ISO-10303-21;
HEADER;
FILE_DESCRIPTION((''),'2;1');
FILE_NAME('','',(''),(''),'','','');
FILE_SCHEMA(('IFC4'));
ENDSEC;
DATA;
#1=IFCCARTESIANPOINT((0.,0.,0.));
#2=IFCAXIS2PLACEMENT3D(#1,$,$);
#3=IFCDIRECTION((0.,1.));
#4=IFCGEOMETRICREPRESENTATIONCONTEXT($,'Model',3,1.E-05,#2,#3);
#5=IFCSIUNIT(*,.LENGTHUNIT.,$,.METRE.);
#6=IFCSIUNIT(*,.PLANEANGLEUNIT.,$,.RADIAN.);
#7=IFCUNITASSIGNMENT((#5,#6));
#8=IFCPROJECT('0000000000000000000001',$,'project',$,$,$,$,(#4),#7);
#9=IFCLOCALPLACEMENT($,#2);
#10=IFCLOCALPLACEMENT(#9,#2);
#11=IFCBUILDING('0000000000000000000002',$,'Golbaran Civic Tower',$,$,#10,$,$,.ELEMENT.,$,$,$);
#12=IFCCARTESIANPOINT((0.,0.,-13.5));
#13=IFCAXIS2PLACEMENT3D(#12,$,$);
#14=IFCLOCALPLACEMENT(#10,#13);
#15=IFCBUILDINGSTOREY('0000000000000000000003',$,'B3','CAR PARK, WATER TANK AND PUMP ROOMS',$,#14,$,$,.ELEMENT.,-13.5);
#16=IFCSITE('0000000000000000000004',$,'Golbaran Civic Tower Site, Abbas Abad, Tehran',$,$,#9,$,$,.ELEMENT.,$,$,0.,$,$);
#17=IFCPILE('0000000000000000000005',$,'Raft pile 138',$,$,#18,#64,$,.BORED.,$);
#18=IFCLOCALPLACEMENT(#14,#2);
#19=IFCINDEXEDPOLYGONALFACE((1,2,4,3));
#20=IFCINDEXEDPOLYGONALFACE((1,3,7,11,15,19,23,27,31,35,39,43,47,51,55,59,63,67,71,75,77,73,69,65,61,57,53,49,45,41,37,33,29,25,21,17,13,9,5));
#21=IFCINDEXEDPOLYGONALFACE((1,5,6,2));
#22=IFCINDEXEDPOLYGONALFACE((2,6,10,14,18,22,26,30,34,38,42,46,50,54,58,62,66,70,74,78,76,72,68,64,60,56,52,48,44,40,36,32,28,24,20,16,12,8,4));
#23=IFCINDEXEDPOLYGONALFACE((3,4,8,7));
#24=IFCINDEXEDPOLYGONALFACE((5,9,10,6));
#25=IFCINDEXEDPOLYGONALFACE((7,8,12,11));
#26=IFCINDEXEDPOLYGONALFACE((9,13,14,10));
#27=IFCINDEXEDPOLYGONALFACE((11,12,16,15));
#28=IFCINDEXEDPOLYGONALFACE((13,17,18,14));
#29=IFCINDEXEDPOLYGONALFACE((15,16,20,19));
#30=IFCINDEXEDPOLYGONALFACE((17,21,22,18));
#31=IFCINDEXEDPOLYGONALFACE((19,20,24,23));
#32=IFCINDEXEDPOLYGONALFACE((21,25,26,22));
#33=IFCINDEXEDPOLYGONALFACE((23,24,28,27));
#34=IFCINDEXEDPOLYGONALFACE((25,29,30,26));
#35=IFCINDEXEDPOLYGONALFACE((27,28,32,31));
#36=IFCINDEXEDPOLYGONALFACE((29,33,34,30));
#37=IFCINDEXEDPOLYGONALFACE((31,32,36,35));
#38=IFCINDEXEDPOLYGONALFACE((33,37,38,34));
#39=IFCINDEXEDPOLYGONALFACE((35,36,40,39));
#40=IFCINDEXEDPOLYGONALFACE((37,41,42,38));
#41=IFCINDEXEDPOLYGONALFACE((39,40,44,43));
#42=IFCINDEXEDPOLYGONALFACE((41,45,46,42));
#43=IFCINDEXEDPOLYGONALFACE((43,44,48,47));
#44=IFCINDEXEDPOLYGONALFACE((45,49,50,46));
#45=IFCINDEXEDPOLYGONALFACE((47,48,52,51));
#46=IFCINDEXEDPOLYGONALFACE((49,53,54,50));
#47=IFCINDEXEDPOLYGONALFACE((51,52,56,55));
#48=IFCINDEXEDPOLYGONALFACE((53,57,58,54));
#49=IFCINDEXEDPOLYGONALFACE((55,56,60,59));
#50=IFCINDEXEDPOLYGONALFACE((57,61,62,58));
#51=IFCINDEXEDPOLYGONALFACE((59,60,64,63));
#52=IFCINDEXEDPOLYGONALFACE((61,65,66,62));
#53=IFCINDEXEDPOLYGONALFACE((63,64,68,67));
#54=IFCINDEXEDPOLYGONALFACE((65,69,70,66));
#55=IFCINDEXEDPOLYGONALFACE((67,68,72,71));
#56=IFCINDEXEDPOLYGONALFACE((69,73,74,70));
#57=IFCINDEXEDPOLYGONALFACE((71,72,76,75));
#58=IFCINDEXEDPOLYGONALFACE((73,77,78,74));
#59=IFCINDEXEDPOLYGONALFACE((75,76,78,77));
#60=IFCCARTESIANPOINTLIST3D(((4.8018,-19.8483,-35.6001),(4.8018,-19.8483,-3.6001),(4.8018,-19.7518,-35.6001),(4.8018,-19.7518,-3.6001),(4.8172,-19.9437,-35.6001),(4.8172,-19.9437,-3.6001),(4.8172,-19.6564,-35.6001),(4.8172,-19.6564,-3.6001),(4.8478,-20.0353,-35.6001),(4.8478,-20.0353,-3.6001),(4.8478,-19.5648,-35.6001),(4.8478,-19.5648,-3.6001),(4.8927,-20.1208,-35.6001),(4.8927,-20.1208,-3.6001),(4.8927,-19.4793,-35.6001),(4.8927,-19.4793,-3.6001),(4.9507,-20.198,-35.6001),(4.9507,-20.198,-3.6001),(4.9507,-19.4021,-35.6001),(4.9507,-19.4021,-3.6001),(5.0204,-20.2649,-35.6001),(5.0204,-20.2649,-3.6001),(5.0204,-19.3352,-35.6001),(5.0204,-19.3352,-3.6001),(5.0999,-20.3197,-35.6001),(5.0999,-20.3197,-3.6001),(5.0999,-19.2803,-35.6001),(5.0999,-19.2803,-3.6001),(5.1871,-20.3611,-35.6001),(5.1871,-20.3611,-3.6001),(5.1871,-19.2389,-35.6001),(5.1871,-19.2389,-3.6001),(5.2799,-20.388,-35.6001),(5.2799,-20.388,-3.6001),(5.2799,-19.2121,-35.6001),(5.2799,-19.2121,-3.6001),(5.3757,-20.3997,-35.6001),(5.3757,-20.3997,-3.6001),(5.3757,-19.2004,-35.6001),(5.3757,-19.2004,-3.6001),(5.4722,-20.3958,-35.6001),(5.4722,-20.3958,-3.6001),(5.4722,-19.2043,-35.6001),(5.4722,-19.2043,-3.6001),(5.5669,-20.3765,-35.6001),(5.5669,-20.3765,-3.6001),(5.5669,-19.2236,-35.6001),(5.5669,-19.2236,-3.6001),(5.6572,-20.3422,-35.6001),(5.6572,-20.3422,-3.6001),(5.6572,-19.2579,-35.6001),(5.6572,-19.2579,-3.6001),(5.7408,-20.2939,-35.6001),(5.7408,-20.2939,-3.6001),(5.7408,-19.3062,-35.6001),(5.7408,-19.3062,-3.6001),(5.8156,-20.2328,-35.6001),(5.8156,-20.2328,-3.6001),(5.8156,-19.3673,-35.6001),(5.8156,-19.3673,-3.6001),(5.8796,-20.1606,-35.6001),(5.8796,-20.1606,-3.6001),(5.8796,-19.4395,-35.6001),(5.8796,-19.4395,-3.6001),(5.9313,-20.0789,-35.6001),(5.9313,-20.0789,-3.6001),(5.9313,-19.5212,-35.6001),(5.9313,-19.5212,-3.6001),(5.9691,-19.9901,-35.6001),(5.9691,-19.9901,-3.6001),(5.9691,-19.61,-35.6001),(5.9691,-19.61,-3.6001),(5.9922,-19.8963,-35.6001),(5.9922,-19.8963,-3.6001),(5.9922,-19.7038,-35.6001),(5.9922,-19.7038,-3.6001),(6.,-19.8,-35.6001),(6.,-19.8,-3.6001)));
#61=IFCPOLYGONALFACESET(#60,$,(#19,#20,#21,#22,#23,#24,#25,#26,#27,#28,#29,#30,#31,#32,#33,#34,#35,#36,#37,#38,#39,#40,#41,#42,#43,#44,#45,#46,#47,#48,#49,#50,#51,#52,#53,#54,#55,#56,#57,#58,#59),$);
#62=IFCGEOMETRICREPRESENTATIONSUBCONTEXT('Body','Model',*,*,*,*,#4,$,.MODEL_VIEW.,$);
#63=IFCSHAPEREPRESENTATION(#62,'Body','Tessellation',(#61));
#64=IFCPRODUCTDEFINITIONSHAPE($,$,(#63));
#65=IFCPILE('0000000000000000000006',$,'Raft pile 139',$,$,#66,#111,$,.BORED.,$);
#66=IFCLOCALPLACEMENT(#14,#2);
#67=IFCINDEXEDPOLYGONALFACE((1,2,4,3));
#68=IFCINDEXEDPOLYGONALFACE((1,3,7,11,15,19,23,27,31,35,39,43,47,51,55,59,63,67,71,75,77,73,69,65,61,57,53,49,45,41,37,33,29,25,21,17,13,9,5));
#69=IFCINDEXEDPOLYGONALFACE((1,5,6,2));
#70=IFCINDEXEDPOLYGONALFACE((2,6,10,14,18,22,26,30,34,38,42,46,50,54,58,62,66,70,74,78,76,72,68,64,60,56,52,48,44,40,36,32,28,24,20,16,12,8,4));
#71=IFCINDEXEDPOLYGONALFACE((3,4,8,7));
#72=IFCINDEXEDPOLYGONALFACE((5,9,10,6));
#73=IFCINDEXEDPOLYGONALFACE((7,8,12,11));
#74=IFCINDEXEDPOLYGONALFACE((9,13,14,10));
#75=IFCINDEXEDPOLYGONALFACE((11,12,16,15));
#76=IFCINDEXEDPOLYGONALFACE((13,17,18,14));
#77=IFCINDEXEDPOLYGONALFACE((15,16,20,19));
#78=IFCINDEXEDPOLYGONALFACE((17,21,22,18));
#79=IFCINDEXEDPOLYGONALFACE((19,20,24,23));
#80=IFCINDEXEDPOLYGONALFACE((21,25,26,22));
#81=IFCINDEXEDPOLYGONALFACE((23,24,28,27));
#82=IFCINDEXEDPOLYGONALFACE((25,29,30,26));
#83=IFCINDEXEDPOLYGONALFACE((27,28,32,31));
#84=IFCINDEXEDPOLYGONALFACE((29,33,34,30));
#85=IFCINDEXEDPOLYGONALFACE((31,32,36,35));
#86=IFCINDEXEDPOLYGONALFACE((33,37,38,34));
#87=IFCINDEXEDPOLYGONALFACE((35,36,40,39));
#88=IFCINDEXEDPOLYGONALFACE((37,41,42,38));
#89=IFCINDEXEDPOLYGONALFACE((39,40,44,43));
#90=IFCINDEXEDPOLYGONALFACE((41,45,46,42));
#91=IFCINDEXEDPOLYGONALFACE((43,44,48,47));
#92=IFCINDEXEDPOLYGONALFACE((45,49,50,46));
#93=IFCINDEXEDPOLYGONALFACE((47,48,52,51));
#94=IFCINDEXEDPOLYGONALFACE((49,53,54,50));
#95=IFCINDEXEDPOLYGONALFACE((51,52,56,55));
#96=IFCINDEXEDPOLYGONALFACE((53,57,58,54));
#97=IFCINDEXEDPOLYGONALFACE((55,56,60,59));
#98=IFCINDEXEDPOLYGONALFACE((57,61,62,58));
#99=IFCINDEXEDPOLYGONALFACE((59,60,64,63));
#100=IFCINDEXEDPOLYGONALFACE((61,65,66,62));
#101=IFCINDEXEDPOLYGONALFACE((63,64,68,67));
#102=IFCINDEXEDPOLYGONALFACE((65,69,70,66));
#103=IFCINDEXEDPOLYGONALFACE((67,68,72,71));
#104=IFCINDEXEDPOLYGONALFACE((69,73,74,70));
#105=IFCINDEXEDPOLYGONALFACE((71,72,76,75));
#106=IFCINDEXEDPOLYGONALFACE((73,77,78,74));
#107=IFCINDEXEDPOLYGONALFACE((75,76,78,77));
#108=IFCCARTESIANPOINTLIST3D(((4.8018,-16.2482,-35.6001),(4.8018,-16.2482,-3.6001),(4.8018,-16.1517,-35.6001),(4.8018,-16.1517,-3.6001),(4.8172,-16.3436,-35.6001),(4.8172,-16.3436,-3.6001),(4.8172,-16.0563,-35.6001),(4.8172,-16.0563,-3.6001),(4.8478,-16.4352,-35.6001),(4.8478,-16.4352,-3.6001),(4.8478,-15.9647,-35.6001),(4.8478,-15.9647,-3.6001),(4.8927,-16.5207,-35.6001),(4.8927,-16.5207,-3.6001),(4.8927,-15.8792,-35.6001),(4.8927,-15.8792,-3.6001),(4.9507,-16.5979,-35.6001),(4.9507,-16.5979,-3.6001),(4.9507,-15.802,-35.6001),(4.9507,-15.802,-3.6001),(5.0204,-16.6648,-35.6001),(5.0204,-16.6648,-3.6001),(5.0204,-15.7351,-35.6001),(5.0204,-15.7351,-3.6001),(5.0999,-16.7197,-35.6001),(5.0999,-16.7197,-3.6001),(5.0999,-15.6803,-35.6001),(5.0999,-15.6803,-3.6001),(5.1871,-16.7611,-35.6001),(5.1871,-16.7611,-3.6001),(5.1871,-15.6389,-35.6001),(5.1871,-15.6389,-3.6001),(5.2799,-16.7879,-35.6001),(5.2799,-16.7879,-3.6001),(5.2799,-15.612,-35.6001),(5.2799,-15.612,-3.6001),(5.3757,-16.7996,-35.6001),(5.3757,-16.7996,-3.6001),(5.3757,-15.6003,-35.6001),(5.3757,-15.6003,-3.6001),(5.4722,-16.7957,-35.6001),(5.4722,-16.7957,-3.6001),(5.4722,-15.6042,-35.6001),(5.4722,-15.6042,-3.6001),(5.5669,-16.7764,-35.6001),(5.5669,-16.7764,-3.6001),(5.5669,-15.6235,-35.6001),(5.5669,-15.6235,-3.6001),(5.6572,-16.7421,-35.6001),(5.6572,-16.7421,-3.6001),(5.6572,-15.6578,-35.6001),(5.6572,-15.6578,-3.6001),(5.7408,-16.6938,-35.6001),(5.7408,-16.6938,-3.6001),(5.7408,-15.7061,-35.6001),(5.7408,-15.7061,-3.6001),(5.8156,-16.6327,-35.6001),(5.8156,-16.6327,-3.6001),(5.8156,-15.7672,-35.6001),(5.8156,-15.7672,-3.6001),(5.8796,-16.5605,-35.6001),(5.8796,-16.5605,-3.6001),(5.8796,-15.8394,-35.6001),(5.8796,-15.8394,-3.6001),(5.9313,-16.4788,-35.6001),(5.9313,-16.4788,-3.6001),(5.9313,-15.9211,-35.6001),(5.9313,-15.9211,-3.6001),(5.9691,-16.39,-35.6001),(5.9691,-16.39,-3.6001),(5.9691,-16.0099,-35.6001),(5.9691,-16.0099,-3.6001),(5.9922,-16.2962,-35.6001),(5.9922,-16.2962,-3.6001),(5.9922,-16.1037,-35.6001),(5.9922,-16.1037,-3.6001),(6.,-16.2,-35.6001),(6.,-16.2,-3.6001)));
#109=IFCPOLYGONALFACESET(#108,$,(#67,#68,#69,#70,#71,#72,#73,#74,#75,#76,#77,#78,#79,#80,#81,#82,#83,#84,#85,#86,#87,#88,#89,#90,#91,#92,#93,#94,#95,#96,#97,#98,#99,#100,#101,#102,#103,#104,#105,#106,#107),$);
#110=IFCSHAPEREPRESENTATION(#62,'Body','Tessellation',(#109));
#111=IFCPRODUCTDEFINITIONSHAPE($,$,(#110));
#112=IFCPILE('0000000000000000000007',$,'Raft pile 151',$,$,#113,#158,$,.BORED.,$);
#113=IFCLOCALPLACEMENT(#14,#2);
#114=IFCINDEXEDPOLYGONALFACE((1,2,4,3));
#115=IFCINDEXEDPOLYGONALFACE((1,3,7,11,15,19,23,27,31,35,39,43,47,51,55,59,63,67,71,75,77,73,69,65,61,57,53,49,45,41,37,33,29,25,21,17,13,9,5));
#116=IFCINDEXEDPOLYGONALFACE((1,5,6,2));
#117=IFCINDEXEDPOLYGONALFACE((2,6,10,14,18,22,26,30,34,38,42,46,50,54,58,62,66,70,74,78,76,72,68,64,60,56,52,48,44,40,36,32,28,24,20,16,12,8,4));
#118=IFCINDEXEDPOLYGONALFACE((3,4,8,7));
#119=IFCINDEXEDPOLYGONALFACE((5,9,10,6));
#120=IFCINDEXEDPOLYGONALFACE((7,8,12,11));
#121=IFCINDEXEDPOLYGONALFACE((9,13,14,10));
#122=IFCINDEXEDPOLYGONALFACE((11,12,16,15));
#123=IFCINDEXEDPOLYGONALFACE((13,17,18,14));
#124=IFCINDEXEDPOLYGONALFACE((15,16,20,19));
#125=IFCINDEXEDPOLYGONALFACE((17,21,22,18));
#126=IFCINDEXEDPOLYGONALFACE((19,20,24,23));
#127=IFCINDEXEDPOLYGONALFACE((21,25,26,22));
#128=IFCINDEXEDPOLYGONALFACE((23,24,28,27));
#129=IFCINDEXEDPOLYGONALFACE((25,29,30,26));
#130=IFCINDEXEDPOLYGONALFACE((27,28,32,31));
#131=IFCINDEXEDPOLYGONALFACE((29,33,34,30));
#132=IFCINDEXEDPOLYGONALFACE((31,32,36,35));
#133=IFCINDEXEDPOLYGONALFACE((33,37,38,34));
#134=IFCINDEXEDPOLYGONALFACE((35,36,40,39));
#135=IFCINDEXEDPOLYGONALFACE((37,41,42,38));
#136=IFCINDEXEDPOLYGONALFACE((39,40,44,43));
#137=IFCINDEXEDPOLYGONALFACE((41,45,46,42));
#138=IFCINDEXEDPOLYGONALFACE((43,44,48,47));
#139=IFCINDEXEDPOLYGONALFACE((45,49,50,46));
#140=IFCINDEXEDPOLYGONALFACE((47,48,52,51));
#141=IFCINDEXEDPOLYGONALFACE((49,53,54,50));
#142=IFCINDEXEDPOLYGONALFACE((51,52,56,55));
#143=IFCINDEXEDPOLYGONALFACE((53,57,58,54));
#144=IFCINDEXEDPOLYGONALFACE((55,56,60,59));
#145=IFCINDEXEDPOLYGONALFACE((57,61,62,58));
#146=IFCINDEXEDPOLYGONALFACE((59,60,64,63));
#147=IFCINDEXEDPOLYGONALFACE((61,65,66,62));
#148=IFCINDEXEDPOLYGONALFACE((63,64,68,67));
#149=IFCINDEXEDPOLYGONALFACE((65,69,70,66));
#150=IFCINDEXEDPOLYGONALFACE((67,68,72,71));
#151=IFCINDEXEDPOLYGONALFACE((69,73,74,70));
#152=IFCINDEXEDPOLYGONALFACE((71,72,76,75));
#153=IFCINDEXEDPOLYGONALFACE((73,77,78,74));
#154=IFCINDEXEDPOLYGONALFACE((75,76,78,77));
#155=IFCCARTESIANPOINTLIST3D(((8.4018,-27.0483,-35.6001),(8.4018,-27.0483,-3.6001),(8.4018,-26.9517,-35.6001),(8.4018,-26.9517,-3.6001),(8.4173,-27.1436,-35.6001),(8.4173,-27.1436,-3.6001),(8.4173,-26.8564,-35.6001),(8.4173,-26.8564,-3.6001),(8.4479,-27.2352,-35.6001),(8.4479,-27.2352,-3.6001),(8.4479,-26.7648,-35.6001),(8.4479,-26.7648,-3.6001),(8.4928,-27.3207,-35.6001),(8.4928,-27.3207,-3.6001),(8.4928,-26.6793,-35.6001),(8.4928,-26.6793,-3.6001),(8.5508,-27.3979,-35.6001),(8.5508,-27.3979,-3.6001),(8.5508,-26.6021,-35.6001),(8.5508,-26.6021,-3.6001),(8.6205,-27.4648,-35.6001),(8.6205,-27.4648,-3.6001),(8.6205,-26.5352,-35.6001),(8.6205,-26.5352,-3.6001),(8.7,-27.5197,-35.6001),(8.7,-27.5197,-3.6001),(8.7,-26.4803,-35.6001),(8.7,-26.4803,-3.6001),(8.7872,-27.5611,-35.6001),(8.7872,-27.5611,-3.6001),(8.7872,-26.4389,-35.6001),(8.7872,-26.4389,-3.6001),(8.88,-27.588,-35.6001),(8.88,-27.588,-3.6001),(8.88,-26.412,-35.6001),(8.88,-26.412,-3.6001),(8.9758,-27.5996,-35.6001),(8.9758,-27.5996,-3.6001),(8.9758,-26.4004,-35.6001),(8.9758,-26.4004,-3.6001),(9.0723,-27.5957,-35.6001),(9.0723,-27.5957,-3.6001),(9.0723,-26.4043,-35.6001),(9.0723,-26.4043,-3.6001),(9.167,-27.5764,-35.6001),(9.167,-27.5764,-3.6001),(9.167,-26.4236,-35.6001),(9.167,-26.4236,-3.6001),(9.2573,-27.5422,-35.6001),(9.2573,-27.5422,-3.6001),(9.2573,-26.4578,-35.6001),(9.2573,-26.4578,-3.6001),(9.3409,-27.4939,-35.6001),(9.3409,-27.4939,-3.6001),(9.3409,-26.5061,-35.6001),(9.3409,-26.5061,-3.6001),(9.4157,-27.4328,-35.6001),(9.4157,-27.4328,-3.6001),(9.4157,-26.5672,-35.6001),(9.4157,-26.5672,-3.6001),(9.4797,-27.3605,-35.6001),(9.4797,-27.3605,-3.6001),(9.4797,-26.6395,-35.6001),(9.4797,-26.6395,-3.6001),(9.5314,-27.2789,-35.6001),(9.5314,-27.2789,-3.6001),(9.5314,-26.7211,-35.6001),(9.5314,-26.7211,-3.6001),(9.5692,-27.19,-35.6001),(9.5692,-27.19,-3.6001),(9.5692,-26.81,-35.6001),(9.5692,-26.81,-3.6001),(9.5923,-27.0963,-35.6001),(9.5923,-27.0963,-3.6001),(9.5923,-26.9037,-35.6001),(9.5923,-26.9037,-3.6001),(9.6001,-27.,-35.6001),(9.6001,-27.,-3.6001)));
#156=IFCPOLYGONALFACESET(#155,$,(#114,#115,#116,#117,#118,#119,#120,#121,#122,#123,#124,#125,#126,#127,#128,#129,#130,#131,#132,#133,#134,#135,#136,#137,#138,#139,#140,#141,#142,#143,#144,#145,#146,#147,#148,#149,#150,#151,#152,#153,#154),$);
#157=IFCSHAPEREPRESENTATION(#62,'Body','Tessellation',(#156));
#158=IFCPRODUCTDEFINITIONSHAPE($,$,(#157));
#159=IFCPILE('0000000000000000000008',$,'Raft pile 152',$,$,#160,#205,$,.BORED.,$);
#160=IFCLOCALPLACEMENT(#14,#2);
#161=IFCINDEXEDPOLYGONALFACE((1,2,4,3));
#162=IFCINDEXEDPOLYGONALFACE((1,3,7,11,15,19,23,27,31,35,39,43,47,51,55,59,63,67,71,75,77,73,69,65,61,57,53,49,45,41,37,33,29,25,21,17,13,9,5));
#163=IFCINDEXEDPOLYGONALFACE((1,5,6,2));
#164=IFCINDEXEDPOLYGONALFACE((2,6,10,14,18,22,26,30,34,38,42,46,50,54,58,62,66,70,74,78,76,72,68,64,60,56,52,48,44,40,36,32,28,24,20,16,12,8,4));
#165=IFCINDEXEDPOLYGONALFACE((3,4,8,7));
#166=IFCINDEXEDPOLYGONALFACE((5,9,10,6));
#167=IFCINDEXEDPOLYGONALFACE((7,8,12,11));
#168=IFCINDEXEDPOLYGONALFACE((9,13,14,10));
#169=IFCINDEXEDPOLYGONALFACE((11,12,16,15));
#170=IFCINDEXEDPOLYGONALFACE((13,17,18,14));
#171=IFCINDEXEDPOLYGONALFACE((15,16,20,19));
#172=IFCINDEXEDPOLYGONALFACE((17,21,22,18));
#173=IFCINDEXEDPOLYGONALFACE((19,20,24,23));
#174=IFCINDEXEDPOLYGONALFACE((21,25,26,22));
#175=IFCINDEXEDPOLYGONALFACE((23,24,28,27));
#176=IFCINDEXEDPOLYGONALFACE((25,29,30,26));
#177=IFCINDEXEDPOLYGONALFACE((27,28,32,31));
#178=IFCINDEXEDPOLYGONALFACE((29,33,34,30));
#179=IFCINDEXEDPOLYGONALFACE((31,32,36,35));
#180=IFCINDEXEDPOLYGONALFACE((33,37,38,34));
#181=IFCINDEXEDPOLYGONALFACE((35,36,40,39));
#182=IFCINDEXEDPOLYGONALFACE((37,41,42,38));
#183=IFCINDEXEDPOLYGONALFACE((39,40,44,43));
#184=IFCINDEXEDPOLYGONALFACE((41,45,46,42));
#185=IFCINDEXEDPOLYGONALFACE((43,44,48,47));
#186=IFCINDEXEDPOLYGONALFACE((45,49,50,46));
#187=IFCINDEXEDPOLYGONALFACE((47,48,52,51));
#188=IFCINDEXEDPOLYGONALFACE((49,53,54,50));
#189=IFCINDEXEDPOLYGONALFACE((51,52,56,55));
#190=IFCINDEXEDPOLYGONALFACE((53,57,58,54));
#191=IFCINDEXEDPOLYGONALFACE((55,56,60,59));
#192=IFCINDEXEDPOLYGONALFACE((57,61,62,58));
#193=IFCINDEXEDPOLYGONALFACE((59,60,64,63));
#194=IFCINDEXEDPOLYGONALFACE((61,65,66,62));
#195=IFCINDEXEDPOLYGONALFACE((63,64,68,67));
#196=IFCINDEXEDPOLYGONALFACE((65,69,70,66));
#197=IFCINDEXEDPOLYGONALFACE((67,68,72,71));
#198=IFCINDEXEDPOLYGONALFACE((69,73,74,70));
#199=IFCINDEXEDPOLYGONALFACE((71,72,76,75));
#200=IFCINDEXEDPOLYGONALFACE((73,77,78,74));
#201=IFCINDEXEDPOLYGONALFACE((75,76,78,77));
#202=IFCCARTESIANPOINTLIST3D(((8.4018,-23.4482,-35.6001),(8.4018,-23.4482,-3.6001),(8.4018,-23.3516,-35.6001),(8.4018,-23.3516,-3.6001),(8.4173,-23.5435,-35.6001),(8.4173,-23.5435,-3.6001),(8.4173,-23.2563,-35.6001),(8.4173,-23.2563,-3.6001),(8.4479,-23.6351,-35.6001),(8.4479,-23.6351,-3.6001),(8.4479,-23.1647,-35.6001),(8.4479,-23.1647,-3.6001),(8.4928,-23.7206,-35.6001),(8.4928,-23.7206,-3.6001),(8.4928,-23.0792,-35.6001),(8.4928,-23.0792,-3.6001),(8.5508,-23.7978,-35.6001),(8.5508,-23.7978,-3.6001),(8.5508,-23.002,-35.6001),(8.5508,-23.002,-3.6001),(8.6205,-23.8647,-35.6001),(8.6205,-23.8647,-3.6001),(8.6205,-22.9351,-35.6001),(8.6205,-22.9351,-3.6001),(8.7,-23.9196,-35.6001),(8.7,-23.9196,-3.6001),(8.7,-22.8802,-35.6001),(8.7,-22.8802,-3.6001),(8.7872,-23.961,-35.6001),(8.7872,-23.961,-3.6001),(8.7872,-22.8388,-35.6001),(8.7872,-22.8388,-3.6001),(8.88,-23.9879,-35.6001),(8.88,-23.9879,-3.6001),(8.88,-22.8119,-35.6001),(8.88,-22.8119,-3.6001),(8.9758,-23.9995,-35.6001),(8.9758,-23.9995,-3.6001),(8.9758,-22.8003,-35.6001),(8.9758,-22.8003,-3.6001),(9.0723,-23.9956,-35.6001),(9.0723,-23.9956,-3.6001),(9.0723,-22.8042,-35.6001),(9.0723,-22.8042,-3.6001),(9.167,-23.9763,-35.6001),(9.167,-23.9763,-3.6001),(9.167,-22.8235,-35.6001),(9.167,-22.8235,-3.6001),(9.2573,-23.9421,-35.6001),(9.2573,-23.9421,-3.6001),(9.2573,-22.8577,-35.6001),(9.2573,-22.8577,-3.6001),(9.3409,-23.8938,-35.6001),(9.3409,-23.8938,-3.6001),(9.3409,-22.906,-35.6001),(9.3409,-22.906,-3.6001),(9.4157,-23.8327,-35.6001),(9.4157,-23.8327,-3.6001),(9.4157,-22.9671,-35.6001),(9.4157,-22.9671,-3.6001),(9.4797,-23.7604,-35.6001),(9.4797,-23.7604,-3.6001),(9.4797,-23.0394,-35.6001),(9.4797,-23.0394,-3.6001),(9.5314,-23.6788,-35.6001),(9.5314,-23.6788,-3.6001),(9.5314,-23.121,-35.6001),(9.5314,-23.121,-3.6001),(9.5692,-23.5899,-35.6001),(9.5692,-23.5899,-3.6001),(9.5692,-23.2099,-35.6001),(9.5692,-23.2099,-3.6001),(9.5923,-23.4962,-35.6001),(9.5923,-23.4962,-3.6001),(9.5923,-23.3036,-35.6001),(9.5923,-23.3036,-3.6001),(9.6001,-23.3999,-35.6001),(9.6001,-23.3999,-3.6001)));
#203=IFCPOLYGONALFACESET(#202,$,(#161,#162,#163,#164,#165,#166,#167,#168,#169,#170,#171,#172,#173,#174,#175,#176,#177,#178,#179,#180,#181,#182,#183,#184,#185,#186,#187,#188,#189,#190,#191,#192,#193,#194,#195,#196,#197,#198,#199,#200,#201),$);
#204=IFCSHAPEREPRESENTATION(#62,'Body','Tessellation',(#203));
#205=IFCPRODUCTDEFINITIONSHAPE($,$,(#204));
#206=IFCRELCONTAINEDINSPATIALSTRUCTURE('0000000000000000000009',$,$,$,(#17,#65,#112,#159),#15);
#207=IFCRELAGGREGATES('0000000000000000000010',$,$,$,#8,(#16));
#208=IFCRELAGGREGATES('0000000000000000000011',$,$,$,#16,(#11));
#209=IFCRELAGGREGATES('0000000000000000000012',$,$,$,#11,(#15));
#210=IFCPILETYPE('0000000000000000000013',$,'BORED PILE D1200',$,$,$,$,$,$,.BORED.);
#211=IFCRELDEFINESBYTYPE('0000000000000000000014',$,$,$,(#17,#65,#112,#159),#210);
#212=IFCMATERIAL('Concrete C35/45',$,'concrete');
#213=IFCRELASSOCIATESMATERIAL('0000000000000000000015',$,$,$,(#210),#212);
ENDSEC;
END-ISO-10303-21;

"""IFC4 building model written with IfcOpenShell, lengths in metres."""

from ifc_helpers import new_model, si_unit, direction, frame, origin, origin_2d, place, context, subcontext, project, spatial, circle, extrude, material, material_profile, profile_set, type_object, element, save


model = new_model("IFC4")

# Units and contexts
model_context = context("Model", 3, precision=1e-05, world=origin(), true_north=direction((0.0, 1.0)))
body_context = subcontext(model_context, "Body", "Model", "MODEL_VIEW")
ifc_project = project(units=[si_unit("LENGTHUNIT", "METRE"), si_unit("PLANEANGLEUNIT", "RADIAN")], contexts=[model_context])

# Site, building, storey
site_placement = place(None, origin())
site = spatial("IfcSite", under=ifc_project, at=site_placement, Name="Golbaran Civic Tower Site, Abbas Abad, Tehran", CompositionType="ELEMENT", RefElevation=0.0)
building_placement = place(site_placement, origin())
building = spatial("IfcBuilding", under=site, at=building_placement, Name="Golbaran Civic Tower", CompositionType="ELEMENT")
storey_placement = place(building_placement, frame((0.0, 0.0, -13.5)))
storey = spatial("IfcBuildingStorey", under=building, at=storey_placement, Name="B3", Description="CAR PARK, WATER TANK AND PUMP ROOMS", CompositionType="ELEMENT", Elevation=-13.5)

# Piles
ifc_material_1 = material(Name="Concrete C35/45", Category="concrete")
ifc_material_profile_1 = material_profile(ifc_material_1, circle(Radius=0.6001, at=origin_2d()), Name="BORED PILE D1200")
ifc_profile_set_1 = profile_set([ifc_material_profile_1], Name="Concrete C35/45")
pile_type_1 = type_object("IfcPileType", Name="BORED PILE D1200", PredefinedType="BORED", material=ifc_profile_set_1)
for number, where, z_axis, x_axis, name in (
    (1, (5.3999, -19.8, -3.6001), (0.0, 0.0, -1.0), (1.0, 0.0, 0.0), "Raft pile 138"),
    (2, (5.3999, -16.2, -3.6001), (0.0, 0.0, -1.0), (1.0, 0.0, 0.0), "Raft pile 139"),
    (3, (9.0, -27.0, -3.6001), (0.0, 0.0, -1.0), (1.0, 0.0, 0.0), "Raft pile 151"),
    (4, (9.0, -23.3999, -3.6001), (0.0, 0.0, -1.0), (1.0, 0.0, 0.0), "Raft pile 152"),
):
    element("IfcPile", number, at=place(storey_placement, frame(where, z_axis=z_axis, x_axis=x_axis)), inside=storey, type_object=pile_type_1, Name=name, PredefinedType="BORED", context=body_context, shape_type="SweptSolid", body=[
        extrude(circle(Radius=0.6001, at=origin_2d()), origin(), (0.0, 0.0, 1.0), 32.0),
    ])

save(model, "model.ifc")
